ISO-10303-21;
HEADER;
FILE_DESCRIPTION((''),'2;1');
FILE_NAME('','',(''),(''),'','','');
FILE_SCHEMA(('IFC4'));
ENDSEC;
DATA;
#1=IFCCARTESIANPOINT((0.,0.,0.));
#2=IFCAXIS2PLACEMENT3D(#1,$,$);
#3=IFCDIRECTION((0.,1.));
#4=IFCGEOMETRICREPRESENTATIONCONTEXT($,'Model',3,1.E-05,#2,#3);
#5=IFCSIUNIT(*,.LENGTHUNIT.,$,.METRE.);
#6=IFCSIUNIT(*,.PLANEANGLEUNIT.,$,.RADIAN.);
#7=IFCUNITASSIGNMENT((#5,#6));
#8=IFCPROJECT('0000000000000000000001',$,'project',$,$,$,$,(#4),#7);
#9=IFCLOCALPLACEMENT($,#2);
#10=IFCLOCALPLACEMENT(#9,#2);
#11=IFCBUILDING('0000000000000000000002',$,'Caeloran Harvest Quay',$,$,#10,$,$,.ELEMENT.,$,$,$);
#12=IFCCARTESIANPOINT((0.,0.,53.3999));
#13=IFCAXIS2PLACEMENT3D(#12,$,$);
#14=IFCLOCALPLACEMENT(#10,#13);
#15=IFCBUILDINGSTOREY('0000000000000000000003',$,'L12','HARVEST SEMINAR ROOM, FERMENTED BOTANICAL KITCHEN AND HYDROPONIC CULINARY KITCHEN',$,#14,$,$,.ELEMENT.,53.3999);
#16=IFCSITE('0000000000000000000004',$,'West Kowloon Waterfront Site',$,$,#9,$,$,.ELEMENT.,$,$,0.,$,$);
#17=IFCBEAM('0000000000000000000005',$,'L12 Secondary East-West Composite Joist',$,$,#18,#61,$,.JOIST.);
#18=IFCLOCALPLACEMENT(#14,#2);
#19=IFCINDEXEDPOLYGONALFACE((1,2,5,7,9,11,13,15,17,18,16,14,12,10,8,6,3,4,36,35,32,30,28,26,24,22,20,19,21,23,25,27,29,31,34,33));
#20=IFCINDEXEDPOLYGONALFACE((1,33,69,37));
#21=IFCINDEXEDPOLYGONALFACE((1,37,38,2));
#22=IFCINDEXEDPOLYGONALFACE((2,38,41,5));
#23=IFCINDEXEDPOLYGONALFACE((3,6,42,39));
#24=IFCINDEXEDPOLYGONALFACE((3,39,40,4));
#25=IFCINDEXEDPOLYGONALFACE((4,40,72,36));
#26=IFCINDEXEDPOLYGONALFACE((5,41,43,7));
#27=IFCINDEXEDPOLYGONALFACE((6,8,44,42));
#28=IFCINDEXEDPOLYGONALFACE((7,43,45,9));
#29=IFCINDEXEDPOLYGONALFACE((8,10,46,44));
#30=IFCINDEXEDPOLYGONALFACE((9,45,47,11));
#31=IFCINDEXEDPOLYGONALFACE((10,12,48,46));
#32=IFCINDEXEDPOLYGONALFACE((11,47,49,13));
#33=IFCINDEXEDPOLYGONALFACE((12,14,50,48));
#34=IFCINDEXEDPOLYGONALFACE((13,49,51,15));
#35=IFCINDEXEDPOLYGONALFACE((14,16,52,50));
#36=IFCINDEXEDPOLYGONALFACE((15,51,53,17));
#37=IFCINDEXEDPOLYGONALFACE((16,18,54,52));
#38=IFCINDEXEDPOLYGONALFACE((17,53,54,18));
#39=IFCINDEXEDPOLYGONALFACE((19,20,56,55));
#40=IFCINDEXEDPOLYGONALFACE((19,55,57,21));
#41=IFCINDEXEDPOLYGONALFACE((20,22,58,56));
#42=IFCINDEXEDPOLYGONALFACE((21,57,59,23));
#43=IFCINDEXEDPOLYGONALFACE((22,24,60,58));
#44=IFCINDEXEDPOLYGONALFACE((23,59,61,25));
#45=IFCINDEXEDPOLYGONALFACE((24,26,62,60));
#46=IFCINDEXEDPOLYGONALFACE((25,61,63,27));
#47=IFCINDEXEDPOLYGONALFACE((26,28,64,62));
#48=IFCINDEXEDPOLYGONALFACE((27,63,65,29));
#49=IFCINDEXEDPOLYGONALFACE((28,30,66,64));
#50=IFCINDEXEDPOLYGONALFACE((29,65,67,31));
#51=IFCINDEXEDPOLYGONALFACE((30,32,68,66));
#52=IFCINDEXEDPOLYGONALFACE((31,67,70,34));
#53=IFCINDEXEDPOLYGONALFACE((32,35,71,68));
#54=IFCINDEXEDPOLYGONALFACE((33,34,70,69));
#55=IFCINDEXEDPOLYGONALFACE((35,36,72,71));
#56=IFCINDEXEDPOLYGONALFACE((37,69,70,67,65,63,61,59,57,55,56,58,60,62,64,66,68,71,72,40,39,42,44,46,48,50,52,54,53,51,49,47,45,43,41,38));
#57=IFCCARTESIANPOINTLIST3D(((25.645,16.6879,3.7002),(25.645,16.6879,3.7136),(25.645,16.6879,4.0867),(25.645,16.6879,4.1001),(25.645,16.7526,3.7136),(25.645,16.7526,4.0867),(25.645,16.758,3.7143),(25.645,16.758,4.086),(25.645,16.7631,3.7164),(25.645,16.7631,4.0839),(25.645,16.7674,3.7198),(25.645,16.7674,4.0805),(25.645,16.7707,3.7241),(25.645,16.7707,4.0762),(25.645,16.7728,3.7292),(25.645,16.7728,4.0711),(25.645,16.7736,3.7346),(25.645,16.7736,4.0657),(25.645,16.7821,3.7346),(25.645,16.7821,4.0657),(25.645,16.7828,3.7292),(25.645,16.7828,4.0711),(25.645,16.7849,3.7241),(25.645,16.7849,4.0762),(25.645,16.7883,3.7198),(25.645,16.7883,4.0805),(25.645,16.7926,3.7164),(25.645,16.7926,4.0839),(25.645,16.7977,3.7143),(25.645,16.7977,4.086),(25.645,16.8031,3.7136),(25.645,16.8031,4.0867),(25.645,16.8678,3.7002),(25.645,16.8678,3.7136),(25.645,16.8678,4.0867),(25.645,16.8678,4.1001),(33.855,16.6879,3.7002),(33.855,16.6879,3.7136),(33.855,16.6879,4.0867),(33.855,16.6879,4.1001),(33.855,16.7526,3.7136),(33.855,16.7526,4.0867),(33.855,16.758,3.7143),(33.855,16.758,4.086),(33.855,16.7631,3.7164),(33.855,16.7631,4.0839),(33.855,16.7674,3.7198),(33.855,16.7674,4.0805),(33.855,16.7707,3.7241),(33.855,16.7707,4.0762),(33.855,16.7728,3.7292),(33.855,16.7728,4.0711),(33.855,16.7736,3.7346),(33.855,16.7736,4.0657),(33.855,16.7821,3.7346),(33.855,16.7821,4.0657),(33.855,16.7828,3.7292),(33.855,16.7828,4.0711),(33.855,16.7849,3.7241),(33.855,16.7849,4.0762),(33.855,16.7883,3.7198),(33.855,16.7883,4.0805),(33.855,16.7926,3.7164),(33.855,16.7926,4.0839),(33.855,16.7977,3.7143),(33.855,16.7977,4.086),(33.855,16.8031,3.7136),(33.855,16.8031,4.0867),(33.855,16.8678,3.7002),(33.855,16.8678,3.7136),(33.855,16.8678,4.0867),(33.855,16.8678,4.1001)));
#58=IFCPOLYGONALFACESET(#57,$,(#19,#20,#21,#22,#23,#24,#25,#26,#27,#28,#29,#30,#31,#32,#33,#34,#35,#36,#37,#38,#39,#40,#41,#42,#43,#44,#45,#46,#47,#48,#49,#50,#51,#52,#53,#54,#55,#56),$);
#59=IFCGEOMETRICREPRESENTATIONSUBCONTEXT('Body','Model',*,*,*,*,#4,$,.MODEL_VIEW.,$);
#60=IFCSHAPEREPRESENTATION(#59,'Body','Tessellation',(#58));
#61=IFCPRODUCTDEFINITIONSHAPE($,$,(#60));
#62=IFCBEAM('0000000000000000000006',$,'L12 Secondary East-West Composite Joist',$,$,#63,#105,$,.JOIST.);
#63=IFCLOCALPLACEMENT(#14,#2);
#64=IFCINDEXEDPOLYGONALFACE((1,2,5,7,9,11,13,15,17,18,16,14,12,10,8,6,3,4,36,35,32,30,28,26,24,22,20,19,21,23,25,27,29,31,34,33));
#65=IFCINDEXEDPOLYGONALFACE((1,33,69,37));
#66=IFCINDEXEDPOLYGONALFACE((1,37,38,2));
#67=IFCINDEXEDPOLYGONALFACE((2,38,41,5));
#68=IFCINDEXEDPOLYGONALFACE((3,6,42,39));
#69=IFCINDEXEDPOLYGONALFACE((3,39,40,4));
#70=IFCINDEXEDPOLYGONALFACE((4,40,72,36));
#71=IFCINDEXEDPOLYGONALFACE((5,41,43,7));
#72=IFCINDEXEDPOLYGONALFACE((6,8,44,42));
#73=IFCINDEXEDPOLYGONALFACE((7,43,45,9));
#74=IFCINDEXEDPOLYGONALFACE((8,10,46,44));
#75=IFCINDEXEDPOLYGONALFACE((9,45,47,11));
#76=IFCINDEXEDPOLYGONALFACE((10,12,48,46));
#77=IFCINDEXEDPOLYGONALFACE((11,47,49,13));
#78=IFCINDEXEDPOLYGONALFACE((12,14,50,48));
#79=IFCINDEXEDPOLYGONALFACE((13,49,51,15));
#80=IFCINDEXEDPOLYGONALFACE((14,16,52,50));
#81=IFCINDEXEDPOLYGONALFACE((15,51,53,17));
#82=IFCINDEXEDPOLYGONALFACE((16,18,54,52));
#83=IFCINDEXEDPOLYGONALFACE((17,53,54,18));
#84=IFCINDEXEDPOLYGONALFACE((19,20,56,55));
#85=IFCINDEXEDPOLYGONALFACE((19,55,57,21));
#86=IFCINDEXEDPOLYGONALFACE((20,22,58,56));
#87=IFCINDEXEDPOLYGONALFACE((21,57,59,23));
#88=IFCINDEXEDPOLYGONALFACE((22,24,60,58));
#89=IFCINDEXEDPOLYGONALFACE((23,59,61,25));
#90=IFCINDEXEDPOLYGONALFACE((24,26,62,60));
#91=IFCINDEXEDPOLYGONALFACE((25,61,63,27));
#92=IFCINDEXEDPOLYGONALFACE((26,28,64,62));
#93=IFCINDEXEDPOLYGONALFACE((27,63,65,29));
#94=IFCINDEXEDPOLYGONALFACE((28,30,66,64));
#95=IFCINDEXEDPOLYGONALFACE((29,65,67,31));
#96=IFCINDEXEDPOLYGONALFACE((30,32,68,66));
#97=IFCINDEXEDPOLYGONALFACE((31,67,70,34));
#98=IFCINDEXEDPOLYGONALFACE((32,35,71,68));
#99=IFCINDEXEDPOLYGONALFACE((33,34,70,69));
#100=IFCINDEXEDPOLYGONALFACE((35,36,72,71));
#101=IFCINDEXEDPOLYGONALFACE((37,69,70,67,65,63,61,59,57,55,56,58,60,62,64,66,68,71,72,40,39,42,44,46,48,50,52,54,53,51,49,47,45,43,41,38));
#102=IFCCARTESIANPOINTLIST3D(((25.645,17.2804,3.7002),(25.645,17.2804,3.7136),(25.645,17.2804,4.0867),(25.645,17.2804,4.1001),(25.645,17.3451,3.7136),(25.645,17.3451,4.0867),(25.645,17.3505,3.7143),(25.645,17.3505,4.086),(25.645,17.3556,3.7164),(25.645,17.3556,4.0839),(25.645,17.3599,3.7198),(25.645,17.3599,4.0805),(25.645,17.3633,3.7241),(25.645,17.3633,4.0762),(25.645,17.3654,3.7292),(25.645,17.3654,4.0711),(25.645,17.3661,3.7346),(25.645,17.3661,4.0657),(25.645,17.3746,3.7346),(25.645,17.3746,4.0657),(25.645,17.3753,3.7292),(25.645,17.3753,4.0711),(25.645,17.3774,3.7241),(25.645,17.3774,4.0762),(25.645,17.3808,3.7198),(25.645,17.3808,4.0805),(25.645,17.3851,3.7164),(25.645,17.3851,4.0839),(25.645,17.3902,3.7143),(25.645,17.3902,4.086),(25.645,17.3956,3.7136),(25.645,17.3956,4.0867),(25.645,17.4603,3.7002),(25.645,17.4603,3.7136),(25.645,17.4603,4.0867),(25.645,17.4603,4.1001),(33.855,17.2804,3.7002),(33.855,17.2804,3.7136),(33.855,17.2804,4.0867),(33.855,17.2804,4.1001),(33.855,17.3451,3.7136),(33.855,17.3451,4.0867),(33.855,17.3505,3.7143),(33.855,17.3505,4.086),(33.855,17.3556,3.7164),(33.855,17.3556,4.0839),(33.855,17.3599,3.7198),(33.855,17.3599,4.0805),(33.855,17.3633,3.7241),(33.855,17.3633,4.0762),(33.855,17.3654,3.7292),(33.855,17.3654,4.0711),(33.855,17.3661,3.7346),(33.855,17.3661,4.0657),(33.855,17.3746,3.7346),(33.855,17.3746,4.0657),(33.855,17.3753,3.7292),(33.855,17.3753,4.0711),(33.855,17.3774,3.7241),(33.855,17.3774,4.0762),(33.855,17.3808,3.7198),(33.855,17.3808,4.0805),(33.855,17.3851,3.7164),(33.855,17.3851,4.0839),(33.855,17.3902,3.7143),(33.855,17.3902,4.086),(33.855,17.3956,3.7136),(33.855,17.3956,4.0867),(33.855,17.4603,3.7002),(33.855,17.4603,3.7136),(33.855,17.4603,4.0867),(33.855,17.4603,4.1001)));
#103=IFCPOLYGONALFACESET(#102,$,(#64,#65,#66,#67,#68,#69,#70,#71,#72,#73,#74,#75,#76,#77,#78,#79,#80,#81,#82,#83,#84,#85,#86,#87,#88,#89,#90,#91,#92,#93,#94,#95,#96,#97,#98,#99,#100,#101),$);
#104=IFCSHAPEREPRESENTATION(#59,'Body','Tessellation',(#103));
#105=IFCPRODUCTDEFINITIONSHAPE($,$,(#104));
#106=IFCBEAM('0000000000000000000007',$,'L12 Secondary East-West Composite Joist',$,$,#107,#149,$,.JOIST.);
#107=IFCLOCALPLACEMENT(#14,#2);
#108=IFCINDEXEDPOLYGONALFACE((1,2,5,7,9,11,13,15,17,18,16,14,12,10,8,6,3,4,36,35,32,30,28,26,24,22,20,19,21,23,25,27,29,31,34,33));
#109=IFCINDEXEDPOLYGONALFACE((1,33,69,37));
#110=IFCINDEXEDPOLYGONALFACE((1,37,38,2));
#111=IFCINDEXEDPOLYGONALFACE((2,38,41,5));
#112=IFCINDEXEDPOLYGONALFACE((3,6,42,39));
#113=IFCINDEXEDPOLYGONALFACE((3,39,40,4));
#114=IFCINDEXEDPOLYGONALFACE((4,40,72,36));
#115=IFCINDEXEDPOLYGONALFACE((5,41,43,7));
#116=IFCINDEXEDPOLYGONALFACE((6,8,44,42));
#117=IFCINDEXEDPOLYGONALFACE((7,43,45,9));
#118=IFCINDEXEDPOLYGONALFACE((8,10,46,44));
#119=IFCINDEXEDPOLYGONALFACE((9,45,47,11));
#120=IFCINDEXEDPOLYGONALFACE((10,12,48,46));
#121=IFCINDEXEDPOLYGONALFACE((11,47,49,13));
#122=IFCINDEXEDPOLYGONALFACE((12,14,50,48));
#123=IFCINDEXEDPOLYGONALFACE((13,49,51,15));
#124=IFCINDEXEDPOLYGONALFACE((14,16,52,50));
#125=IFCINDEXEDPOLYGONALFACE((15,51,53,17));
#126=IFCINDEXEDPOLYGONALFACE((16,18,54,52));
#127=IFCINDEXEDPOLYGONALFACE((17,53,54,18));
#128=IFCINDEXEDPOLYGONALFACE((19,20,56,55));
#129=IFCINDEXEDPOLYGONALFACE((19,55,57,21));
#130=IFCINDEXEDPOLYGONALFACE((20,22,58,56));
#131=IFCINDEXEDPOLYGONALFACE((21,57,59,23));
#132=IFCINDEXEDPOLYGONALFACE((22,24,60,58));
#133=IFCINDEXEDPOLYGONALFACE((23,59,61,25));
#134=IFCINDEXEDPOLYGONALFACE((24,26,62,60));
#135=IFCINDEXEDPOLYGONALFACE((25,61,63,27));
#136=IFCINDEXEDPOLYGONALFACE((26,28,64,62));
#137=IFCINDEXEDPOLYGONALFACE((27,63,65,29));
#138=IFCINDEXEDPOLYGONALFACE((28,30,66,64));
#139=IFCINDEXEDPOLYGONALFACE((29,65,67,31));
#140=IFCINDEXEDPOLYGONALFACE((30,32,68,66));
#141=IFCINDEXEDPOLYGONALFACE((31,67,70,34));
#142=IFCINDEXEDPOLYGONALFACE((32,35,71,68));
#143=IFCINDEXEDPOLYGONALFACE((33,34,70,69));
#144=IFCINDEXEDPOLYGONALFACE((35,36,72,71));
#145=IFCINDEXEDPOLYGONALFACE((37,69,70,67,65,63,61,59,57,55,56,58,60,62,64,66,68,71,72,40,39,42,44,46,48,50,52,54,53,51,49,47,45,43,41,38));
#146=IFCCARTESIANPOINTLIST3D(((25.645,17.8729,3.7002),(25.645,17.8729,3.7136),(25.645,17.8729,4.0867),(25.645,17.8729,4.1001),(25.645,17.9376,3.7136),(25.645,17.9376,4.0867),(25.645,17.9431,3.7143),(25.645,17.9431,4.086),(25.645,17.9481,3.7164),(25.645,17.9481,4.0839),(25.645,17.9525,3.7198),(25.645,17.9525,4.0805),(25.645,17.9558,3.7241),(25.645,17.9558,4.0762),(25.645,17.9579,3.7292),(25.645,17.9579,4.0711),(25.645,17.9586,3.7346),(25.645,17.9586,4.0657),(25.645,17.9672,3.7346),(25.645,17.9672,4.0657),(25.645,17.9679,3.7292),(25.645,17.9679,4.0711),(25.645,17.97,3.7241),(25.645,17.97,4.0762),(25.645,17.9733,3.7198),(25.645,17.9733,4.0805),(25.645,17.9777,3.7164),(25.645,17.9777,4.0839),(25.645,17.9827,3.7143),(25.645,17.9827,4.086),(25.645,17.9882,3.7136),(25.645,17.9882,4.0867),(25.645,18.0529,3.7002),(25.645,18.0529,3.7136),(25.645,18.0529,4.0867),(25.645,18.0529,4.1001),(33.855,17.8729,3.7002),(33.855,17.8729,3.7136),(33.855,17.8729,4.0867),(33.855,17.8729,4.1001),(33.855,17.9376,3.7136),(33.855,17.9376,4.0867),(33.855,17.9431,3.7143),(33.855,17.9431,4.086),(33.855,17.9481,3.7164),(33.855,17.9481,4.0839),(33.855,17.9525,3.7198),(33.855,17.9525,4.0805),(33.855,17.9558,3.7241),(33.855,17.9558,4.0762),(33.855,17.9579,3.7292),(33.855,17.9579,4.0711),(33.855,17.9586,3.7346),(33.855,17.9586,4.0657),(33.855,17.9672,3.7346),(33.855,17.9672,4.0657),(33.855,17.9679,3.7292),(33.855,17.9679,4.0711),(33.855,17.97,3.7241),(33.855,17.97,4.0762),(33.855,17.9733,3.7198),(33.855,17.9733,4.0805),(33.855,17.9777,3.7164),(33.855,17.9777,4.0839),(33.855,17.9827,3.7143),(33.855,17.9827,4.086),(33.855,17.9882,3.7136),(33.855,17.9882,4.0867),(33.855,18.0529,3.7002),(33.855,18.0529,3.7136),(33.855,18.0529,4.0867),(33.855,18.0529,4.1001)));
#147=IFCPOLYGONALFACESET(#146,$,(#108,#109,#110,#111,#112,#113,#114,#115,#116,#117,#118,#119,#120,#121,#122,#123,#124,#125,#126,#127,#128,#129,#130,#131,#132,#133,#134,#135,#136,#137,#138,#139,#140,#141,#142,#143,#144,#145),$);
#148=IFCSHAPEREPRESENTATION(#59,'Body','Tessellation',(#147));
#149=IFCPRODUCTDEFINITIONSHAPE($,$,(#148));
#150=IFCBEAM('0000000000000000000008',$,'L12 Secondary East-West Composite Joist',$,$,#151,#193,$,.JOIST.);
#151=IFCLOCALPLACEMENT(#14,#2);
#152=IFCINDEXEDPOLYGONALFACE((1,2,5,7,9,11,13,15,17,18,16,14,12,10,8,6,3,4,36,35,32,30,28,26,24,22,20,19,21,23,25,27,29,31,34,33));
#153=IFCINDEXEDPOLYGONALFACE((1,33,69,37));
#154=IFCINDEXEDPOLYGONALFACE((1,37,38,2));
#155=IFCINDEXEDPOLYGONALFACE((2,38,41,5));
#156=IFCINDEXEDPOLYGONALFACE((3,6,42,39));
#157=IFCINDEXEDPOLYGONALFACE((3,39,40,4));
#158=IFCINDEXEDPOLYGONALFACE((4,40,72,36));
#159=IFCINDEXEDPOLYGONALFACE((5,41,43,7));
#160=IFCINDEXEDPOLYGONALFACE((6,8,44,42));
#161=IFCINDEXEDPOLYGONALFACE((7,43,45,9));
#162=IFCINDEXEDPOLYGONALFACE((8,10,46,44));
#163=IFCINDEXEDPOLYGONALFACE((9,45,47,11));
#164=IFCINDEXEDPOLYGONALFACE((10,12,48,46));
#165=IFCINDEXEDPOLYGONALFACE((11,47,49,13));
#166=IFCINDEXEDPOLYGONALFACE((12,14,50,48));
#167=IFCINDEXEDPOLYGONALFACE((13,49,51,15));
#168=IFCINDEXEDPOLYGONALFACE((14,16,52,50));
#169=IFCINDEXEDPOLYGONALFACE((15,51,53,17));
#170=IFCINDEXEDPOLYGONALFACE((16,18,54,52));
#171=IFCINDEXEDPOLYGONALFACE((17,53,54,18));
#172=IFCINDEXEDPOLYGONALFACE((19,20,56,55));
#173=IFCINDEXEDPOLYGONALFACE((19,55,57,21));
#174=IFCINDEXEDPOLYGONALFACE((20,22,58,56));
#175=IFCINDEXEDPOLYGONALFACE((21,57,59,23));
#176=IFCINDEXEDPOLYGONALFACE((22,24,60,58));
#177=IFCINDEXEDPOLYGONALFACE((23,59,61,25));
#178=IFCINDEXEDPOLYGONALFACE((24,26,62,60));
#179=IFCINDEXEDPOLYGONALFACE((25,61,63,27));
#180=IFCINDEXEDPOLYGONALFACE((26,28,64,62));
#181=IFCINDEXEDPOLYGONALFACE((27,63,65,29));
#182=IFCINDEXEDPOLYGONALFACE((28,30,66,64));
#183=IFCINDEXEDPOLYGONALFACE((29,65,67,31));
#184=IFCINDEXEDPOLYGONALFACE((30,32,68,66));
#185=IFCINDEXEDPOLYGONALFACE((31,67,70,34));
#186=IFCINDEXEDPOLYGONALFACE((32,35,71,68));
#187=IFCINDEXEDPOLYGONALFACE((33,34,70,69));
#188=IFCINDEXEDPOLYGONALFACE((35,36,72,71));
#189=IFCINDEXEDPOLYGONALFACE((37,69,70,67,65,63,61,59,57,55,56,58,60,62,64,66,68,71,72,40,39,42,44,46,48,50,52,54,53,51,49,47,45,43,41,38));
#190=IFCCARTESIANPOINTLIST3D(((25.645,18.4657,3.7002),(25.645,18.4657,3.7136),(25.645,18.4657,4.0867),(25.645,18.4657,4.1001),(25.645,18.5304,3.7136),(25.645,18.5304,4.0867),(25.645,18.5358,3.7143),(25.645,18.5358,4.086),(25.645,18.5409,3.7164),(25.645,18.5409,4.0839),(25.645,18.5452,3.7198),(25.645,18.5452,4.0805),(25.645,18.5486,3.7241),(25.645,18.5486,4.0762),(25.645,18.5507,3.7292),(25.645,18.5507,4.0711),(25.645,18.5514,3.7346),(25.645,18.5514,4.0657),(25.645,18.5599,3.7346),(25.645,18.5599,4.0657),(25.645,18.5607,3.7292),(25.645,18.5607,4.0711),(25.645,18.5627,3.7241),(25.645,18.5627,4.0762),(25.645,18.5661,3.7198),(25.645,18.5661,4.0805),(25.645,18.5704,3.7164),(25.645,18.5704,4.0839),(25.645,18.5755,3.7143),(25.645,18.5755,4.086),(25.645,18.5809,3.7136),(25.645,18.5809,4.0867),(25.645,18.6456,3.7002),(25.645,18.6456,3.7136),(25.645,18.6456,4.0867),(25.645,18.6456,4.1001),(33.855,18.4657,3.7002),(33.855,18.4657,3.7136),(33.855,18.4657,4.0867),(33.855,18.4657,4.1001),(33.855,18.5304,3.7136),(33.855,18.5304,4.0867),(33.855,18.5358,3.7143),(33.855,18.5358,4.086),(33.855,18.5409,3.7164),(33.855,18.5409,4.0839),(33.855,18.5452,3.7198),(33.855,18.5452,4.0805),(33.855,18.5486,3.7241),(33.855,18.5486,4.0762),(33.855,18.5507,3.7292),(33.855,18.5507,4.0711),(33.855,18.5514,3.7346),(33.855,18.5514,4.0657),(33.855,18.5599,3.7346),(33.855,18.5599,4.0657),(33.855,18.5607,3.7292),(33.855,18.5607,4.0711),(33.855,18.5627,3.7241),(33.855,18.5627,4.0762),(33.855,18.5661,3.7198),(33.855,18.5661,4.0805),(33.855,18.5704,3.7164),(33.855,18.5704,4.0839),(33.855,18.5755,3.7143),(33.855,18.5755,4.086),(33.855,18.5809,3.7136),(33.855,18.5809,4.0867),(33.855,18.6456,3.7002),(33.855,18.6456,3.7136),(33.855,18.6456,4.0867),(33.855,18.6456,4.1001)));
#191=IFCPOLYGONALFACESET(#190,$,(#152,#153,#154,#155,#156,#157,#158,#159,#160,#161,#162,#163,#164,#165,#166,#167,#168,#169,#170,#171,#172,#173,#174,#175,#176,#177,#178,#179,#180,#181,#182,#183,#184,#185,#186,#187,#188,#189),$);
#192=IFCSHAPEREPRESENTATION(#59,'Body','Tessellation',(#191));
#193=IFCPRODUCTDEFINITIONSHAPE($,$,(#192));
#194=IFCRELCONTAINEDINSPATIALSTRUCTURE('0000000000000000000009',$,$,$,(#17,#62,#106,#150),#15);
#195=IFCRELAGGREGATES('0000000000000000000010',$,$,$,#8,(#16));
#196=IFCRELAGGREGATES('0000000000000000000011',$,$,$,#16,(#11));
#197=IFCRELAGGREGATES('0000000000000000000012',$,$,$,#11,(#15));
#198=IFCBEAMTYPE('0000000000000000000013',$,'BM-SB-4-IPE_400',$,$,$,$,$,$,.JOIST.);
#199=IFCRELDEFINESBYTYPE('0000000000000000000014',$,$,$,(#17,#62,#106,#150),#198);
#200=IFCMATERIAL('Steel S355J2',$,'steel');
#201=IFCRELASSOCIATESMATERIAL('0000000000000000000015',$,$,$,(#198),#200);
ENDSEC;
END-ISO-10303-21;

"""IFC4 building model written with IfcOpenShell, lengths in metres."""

from ifc_helpers import new_model, si_unit, direction, frame, origin, origin_2d, place, context, subcontext, project, spatial, i_section, extrude, material, material_profile, profile_set, type_object, element, save


model = new_model("IFC4")

# Units and contexts
model_context = context("Model", 3, precision=1e-05, world=origin(), true_north=direction((0.0, 1.0)))
body_context = subcontext(model_context, "Body", "Model", "MODEL_VIEW")
ifc_project = project(units=[si_unit("LENGTHUNIT", "METRE"), si_unit("PLANEANGLEUNIT", "RADIAN")], contexts=[model_context])

# Site, building, storey
site_placement = place(None, origin())
site = spatial("IfcSite", under=ifc_project, at=site_placement, Name="West Kowloon Waterfront Site", CompositionType="ELEMENT", RefElevation=0.0)
building_placement = place(site_placement, origin())
building = spatial("IfcBuilding", under=site, at=building_placement, Name="Caeloran Harvest Quay", CompositionType="ELEMENT")
storey_placement = place(building_placement, frame((0.0, 0.0, 53.3999)))
storey = spatial("IfcBuildingStorey", under=building, at=storey_placement, Name="L12", Description="HARVEST SEMINAR ROOM, FERMENTED BOTANICAL KITCHEN AND HYDROPONIC CULINARY KITCHEN", CompositionType="ELEMENT", Elevation=53.3999)

# Beams
ifc_material_1 = material(Name="Steel S355J2", Category="steel")
ifc_material_profile_1 = material_profile(ifc_material_1, i_section(OverallWidth=0.1799, OverallDepth=0.3999, WebThickness=0.0085, FlangeThickness=0.0134, FilletRadius=0.021, at=origin_2d()), Name="IPE 400")
ifc_profile_set_1 = profile_set([ifc_material_profile_1], Name="Steel S355J2")
beam_type_1 = type_object("IfcBeamType", Name="BM-SB-4-IPE_400", PredefinedType="JOIST", material=ifc_profile_set_1)
for number, where, z_axis, x_axis, name in (
    (1, (25.645, 16.7778, 3.9001), (1.0, 0.0, 0.0), (0.0, 1.0, 0.0), "L12 Secondary East-West Composite Joist"),
    (2, (25.645, 17.3704, 3.9001), (1.0, 0.0, 0.0), (0.0, 1.0, 0.0), "L12 Secondary East-West Composite Joist"),
    (3, (25.645, 17.9629, 3.9001), (1.0, 0.0, 0.0), (0.0, 1.0, 0.0), "L12 Secondary East-West Composite Joist"),
    (4, (25.645, 18.5557, 3.9001), (1.0, 0.0, 0.0), (0.0, 1.0, 0.0), "L12 Secondary East-West Composite Joist"),
):
    element("IfcBeam", number, at=place(storey_placement, frame(where, z_axis=z_axis, x_axis=x_axis)), inside=storey, type_object=beam_type_1, Name=name, PredefinedType="JOIST", context=body_context, shape_type="SweptSolid", body=[
        extrude(i_section(OverallWidth=0.1799, OverallDepth=0.3999, WebThickness=0.0085, FlangeThickness=0.0134, FilletRadius=0.021, at=origin_2d()), origin(), (0.0, 0.0, 1.0), 8.21),
    ])

save(model, "model.ifc")
